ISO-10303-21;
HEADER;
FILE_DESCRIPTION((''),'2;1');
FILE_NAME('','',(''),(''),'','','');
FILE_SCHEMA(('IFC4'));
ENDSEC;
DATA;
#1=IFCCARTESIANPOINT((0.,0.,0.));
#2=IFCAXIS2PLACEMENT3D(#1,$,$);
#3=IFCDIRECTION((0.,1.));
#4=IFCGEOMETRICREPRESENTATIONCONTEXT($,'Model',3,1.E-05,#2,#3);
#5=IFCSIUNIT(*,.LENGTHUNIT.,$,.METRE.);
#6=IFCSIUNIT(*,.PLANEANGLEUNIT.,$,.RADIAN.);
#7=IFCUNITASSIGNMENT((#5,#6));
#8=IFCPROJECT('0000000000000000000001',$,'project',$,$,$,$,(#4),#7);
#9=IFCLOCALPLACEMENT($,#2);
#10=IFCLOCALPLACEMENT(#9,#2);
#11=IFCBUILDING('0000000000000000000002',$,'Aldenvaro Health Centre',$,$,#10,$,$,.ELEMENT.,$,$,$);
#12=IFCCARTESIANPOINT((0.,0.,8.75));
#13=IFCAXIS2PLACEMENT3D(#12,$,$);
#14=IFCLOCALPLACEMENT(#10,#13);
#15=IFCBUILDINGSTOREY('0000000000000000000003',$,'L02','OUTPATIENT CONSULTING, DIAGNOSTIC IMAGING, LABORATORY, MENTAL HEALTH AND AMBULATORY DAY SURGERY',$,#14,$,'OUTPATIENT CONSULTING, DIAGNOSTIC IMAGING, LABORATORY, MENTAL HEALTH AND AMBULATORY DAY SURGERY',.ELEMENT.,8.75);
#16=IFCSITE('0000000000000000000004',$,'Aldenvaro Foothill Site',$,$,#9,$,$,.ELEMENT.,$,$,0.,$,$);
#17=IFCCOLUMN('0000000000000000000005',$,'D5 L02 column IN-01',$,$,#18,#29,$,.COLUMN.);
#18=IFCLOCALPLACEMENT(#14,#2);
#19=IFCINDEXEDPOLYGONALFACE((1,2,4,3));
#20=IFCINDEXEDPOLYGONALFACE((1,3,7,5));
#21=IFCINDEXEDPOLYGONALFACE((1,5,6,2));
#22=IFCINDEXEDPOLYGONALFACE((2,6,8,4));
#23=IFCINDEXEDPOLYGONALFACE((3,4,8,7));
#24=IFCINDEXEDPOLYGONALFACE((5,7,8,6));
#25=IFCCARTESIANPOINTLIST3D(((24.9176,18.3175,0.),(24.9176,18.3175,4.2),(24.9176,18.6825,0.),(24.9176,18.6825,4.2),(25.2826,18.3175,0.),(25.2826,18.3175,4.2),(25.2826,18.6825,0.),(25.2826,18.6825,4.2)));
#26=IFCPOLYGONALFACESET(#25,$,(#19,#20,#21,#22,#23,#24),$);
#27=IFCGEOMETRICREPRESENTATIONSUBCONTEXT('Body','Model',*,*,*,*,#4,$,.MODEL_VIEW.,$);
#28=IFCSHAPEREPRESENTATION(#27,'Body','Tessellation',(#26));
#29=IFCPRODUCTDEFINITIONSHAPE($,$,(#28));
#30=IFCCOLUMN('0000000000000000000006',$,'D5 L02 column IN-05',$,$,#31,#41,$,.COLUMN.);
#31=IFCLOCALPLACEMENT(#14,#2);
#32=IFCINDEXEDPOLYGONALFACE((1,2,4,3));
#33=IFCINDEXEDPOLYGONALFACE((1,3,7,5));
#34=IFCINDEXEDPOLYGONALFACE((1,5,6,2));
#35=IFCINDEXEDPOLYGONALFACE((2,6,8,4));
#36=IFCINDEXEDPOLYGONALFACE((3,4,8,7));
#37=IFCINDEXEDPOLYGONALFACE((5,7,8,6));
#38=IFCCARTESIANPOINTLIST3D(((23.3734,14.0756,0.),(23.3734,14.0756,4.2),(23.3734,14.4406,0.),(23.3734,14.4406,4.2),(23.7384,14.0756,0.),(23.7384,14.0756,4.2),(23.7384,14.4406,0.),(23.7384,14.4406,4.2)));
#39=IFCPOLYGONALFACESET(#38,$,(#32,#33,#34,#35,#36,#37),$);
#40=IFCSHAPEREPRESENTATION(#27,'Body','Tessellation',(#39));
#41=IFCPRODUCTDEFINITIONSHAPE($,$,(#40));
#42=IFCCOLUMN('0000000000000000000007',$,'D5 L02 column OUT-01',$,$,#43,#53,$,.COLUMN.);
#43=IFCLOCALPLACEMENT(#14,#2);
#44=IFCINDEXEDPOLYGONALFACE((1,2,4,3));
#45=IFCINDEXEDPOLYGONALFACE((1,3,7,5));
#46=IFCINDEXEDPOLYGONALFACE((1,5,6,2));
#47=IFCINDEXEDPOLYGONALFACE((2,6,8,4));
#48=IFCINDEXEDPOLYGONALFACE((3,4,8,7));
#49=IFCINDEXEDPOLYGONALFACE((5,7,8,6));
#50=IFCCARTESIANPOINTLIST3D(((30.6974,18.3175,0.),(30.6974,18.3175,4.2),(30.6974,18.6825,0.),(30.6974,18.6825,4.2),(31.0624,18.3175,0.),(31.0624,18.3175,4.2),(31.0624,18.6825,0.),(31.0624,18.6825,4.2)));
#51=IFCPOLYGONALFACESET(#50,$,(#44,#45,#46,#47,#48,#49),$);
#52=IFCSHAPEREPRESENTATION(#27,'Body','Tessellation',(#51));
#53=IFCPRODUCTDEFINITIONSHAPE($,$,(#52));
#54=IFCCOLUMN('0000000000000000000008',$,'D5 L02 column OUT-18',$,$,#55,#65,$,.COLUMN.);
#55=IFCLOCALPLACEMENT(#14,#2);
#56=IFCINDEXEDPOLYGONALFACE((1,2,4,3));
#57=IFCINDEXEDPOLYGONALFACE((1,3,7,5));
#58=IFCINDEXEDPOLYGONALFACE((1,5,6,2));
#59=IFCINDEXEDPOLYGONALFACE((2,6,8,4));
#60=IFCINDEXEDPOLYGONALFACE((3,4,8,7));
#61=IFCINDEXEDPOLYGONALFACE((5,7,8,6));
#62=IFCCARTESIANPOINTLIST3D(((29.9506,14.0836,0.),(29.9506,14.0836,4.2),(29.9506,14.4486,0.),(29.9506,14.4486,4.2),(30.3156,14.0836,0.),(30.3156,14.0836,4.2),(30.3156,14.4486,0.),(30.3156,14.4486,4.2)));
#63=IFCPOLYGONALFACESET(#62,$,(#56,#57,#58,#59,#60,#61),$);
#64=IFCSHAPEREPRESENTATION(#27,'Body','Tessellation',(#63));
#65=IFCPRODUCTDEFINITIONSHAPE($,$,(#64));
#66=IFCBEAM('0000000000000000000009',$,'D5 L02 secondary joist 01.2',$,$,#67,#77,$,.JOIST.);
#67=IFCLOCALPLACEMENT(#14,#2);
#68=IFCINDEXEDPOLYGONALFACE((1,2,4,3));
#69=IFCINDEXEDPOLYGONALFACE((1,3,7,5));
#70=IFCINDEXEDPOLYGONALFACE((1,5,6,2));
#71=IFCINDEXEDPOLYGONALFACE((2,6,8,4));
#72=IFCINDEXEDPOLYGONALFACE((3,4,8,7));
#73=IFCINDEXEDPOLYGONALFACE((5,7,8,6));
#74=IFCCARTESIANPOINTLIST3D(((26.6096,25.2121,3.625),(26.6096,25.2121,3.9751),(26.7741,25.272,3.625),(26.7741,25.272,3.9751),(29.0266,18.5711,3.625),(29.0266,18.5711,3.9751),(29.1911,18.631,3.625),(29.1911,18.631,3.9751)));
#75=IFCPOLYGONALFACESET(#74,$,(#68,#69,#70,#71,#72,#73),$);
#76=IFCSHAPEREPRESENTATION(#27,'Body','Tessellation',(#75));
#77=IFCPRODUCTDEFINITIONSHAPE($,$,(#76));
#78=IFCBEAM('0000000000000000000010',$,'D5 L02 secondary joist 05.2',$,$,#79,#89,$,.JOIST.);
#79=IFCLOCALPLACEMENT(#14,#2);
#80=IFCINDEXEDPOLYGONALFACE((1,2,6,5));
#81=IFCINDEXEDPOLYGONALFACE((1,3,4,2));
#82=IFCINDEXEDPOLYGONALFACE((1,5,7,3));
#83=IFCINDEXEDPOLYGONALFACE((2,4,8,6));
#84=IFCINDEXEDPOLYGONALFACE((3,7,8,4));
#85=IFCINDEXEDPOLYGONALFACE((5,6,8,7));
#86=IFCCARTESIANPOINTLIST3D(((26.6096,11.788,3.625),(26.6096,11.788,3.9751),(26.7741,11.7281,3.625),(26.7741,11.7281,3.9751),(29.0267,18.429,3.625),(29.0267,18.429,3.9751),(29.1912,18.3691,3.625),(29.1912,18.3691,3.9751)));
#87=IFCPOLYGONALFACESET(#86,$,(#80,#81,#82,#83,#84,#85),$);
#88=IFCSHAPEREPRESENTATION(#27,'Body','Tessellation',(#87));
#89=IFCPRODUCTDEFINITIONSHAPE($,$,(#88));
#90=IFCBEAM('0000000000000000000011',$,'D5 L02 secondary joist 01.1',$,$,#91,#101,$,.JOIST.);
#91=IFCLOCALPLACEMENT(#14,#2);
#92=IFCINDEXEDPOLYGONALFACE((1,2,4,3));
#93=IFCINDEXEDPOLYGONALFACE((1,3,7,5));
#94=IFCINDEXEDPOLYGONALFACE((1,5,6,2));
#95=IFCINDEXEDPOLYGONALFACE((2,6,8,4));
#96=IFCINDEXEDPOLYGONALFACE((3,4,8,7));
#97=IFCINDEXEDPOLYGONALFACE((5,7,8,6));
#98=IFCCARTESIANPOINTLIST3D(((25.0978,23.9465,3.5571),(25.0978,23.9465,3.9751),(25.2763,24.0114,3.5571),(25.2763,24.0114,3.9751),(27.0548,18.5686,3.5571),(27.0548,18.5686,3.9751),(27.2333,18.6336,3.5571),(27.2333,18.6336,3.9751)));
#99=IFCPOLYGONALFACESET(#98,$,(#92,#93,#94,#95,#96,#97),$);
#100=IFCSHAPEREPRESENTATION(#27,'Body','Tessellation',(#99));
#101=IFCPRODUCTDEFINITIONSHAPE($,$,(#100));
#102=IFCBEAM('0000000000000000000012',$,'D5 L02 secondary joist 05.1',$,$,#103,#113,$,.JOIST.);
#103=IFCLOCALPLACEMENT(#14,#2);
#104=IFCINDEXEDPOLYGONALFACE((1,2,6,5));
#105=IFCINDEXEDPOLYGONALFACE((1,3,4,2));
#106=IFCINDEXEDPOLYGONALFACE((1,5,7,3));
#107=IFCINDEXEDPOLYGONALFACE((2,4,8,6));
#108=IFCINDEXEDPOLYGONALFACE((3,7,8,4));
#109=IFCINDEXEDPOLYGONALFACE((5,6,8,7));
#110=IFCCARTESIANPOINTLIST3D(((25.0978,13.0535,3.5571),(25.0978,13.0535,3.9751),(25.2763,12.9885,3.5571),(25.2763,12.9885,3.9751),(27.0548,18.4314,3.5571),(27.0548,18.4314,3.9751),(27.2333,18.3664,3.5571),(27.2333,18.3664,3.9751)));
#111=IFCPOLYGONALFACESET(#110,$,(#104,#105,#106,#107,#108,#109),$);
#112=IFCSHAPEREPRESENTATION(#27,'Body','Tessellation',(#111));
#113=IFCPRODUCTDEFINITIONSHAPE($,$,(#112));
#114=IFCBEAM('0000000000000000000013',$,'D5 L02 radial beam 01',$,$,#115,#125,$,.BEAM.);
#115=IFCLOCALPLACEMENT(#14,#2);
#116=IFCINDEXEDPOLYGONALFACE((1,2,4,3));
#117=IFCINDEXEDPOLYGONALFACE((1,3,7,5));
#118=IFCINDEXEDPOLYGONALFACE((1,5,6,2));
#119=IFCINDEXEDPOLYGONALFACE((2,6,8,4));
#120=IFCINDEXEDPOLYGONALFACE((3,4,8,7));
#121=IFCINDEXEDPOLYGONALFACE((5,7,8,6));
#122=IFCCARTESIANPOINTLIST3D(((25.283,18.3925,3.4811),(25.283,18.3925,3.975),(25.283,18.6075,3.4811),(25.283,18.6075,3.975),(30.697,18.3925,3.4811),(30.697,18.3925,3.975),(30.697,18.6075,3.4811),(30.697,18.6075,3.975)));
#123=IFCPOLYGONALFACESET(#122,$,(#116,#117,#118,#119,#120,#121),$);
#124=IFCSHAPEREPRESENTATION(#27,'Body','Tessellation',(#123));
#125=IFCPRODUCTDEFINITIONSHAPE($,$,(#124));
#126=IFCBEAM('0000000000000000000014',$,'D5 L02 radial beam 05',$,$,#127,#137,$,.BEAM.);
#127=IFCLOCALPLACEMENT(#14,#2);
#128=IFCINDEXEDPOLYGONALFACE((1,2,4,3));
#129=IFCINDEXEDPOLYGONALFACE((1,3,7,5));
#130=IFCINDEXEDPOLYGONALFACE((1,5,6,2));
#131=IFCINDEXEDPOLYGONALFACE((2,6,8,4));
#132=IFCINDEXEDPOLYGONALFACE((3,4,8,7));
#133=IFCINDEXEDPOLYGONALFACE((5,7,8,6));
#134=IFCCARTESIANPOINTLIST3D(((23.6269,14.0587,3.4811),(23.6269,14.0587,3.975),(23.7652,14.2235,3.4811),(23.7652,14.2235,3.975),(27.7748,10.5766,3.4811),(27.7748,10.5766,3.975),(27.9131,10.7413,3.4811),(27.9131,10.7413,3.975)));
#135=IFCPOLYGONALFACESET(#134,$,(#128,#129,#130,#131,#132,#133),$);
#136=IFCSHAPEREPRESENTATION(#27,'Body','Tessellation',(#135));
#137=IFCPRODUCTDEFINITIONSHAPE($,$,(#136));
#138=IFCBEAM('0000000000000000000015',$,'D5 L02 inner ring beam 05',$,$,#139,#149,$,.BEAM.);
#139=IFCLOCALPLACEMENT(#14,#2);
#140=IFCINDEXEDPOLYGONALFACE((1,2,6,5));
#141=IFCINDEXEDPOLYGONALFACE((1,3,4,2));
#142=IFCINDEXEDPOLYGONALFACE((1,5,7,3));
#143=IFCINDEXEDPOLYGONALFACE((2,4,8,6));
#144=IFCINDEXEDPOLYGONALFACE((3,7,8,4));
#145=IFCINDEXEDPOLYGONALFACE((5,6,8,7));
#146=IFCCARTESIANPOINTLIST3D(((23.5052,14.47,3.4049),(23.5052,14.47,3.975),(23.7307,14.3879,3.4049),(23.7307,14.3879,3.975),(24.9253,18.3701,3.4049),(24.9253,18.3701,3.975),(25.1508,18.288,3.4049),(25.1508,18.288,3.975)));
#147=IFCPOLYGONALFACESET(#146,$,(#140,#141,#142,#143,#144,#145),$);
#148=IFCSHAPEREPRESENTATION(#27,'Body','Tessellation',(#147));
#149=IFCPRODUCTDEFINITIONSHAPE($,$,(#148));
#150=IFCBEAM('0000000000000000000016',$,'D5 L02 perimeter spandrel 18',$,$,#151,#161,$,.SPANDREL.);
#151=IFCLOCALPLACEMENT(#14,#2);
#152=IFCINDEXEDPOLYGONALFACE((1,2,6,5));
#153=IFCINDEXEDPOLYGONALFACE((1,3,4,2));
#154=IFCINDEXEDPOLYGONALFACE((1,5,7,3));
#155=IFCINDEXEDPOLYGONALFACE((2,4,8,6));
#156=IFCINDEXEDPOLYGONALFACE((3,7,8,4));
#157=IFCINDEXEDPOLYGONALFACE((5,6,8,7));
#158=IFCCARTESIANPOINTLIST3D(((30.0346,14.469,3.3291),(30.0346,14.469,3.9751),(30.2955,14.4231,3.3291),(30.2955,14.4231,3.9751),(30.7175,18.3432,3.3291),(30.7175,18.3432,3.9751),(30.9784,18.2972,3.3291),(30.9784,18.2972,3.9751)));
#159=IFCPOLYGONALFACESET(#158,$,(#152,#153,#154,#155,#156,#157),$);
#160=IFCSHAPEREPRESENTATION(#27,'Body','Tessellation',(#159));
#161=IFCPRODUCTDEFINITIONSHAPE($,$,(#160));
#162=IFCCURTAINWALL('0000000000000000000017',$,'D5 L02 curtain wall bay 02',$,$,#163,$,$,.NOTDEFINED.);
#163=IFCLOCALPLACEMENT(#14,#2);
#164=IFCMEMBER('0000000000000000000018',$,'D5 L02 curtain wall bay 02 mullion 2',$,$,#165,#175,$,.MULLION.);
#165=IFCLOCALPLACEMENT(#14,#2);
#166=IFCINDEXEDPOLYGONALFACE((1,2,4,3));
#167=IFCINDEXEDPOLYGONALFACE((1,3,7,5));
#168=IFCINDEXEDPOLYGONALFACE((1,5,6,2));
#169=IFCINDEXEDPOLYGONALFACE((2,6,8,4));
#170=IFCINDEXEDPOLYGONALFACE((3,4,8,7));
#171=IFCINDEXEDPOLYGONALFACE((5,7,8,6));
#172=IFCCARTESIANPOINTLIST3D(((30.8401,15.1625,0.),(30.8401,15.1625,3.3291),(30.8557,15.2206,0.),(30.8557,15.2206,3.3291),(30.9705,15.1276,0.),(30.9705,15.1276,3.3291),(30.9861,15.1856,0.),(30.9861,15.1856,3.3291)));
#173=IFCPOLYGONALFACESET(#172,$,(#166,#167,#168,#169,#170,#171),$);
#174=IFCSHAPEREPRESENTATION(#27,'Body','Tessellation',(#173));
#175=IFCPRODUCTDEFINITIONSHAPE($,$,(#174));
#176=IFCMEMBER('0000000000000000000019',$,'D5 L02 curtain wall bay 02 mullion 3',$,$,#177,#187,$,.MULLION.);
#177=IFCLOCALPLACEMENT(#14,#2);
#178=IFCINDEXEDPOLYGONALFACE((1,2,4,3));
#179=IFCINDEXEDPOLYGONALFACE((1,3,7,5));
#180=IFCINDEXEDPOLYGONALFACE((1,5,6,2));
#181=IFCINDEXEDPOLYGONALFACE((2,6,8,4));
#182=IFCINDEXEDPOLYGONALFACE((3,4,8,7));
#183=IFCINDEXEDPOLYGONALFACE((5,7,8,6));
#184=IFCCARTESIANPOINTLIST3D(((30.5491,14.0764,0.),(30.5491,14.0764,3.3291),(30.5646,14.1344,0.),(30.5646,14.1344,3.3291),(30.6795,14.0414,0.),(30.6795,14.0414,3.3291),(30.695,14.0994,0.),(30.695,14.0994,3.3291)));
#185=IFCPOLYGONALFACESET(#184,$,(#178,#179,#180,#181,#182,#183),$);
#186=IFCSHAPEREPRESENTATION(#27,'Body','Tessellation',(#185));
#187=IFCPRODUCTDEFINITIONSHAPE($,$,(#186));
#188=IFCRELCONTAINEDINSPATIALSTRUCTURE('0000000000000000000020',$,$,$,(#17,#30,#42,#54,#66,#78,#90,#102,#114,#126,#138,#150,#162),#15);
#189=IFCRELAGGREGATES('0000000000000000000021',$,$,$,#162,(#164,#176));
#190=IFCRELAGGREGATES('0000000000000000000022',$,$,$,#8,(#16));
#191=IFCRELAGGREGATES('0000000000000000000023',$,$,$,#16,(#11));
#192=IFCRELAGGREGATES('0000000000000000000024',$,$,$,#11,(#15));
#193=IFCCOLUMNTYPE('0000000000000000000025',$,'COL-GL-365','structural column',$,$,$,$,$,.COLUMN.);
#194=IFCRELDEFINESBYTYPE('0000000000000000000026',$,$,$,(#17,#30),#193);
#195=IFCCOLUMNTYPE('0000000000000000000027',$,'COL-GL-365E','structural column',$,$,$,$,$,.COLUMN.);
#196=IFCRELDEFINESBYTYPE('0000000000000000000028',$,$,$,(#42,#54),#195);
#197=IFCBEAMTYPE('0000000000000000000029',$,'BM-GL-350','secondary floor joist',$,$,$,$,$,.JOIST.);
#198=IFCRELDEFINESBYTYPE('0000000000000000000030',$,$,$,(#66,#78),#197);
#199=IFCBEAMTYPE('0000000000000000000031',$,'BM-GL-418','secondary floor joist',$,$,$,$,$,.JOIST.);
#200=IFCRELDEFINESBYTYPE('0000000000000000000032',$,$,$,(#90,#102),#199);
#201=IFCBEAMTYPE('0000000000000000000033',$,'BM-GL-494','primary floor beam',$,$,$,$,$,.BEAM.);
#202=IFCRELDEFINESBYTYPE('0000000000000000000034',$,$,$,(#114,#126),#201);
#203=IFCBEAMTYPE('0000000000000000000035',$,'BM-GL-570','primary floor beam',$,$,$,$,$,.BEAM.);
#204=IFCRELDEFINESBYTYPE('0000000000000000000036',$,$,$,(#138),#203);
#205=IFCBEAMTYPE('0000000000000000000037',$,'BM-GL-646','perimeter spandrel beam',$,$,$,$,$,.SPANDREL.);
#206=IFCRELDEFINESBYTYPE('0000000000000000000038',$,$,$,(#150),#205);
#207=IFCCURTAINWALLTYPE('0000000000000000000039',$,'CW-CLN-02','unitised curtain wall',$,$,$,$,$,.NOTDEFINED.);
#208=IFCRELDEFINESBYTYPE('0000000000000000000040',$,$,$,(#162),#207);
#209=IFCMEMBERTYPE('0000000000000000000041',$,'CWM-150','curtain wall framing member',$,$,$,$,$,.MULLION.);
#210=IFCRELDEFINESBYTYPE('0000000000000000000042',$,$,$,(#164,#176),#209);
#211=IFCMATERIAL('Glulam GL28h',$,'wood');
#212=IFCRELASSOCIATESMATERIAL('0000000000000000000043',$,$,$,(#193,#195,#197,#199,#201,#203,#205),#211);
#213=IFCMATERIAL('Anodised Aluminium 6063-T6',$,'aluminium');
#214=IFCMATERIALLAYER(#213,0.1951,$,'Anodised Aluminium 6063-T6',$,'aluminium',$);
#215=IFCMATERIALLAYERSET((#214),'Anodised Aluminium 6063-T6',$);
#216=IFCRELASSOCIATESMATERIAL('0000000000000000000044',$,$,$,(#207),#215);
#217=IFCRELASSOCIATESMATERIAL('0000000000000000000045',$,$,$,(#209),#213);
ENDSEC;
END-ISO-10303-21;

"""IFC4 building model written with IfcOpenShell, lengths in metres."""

from ifc_helpers import new_model, si_unit, direction, frame, origin, origin_2d, place, context, subcontext, project, spatial, rectangle, extrude, material, layer, layer_set, material_profile, profile_set, type_object, element, aggregate, save


model = new_model("IFC4")

# Units and contexts
model_context = context("Model", 3, precision=1e-05, world=origin(), true_north=direction((0.0, 1.0)))
body_context = subcontext(model_context, "Body", "Model", "MODEL_VIEW")
ifc_project = project(units=[si_unit("LENGTHUNIT", "METRE"), si_unit("PLANEANGLEUNIT", "RADIAN")], contexts=[model_context])

# Site, building, storey
site_placement = place(None, origin())
site = spatial("IfcSite", under=ifc_project, at=site_placement, Name="Aldenvaro Foothill Site", CompositionType="ELEMENT", RefElevation=0.0)
building_placement = place(site_placement, origin())
building = spatial("IfcBuilding", under=site, at=building_placement, Name="Aldenvaro Health Centre", CompositionType="ELEMENT")
storey_placement = place(building_placement, frame((0.0, 0.0, 8.75)))
storey = spatial("IfcBuildingStorey", under=building, at=storey_placement, Name="L02", Description="OUTPATIENT CONSULTING, DIAGNOSTIC IMAGING, LABORATORY, MENTAL HEALTH AND AMBULATORY DAY SURGERY", LongName="OUTPATIENT CONSULTING, DIAGNOSTIC IMAGING, LABORATORY, MENTAL HEALTH AND AMBULATORY DAY SURGERY", CompositionType="ELEMENT", Elevation=8.75)

# Columns
ifc_material_1 = material(Name="Glulam GL28h", Category="wood")
ifc_material_profile_1 = material_profile(ifc_material_1, rectangle(XDim=0.365, YDim=0.365, at=origin_2d()), Name="GL 365x365", Category="wood")
ifc_profile_set_1 = profile_set([ifc_material_profile_1], Name="Glulam GL28h")
column_type_1 = type_object("IfcColumnType", Name="COL-GL-365", Description="structural column", PredefinedType="COLUMN", material=ifc_profile_set_1)
for number, where, z_axis, x_axis, name in (
    (1, (25.1001, 18.5, 0.0), (0.0, 0.0, 1.0), (1.0, 0.0, 0.0), "D5 L02 column IN-01"),
    (2, (23.5559, 14.2581, 0.0), (0.0, 0.0, 1.0), (1.0, 0.0, 0.0), "D5 L02 column IN-05"),
):
    element("IfcColumn", number, at=place(storey_placement, frame(where, z_axis=z_axis, x_axis=x_axis)), inside=storey, type_object=column_type_1, Name=name, PredefinedType="COLUMN", context=body_context, shape_type="SweptSolid", body=[
        extrude(rectangle(XDim=0.365, YDim=0.365, at=origin_2d()), origin(), (0.0, 0.0, 1.0), 4.2),
    ])
ifc_material_profile_2 = material_profile(ifc_material_1, rectangle(XDim=0.365, YDim=0.365, at=origin_2d()), Name="GL 365x365", Category="wood")
ifc_profile_set_2 = profile_set([ifc_material_profile_2], Name="Glulam GL28h")
column_type_2 = type_object("IfcColumnType", Name="COL-GL-365E", Description="structural column", PredefinedType="COLUMN", material=ifc_profile_set_2)
for number, where, z_axis, x_axis, name in (
    (3, (30.8799, 18.5, 0.0), (0.0, 0.0, 1.0), (1.0, 0.0, 0.0), "D5 L02 column OUT-01"),
    (4, (30.1331, 14.2661, 0.0), (0.0, 0.0, 1.0), (1.0, 0.0, 0.0), "D5 L02 column OUT-18"),
):
    element("IfcColumn", number, at=place(storey_placement, frame(where, z_axis=z_axis, x_axis=x_axis)), inside=storey, type_object=column_type_2, Name=name, PredefinedType="COLUMN", context=body_context, shape_type="SweptSolid", body=[
        extrude(rectangle(XDim=0.365, YDim=0.365, at=origin_2d()), origin(), (0.0, 0.0, 1.0), 4.2),
    ])

# Beams
ifc_material_profile_3 = material_profile(ifc_material_1, rectangle(XDim=0.175, YDim=0.3501, at=origin_2d()), Name="GL 175x350", Category="wood")
ifc_profile_set_3 = profile_set([ifc_material_profile_3], Name="Glulam GL28h")
beam_type_1 = type_object("IfcBeamType", Name="BM-GL-350", Description="secondary floor joist", PredefinedType="JOIST", material=ifc_profile_set_3)
for number, where, z_axis, x_axis, name in (
    (5, (29.1089, 18.6011, 3.8), (-0.342009, 0.939697, 0.0), (-0.939697, -0.342009, 0.0), "D5 L02 secondary joist 01.2"),
    (6, (26.6919, 11.7581, 3.8), (0.342009, 0.939697, 0.0), (-0.939697, 0.342009, 0.0), "D5 L02 secondary joist 05.2"),
):
    element("IfcBeam", number, at=place(storey_placement, frame(where, z_axis=z_axis, x_axis=x_axis)), inside=storey, type_object=beam_type_1, Name=name, PredefinedType="JOIST", context=body_context, shape_type="SweptSolid", body=[
        extrude(rectangle(XDim=0.175, YDim=0.3501, at=origin_2d()), origin(), (0.0, 0.0, 1.0), 7.0671),
    ])
ifc_material_profile_4 = material_profile(ifc_material_1, rectangle(XDim=0.1899, YDim=0.418, at=origin_2d()), Name="GL 190x418", Category="wood")
ifc_profile_set_4 = profile_set([ifc_material_profile_4], Name="Glulam GL28h")
beam_type_2 = type_object("IfcBeamType", Name="BM-GL-418", Description="secondary floor joist", PredefinedType="JOIST", material=ifc_profile_set_4)
for number, where, z_axis, x_axis, name in (
    (7, (27.144, 18.6011, 3.7661), (-0.341962, 0.939714, 0.0), (-0.939714, -0.341962, 0.0), "D5 L02 secondary joist 01.1"),
    (8, (25.187, 13.021, 3.7661), (0.341962, 0.939714, 0.0), (-0.939714, 0.341962, 0.0), "D5 L02 secondary joist 05.1"),
):
    element("IfcBeam", number, at=place(storey_placement, frame(where, z_axis=z_axis, x_axis=x_axis)), inside=storey, type_object=beam_type_2, Name=name, PredefinedType="JOIST", context=body_context, shape_type="SweptSolid", body=[
        extrude(rectangle(XDim=0.1899, YDim=0.418, at=origin_2d()), origin(), (0.0, 0.0, 1.0), 5.7229),
    ])
ifc_material_profile_5 = material_profile(ifc_material_1, rectangle(XDim=0.2151, YDim=0.4939, at=origin_2d()), Name="GL 215x494", Category="wood")
ifc_profile_set_5 = profile_set([ifc_material_profile_5], Name="Glulam GL28h")
beam_type_3 = type_object("IfcBeamType", Name="BM-GL-494", Description="primary floor beam", PredefinedType="BEAM", material=ifc_profile_set_5)
beam_1_placement = place(storey_placement, frame((25.283, 18.5, 3.728), z_axis=(1.0, 0.0, 0.0), x_axis=(0.0, 1.0, 0.0)))
element("IfcBeam", 9, at=beam_1_placement, inside=storey, type_object=beam_type_3, Name="D5 L02 radial beam 01", PredefinedType="BEAM", context=body_context, shape_type="SweptSolid", body=[
    extrude(rectangle(XDim=0.2151, YDim=0.4939, at=origin_2d()), origin(), (0.0, 0.0, 1.0), 5.4141),
])
beam_2_placement = place(storey_placement, frame((23.696, 14.1411, 3.728), z_axis=(0.765896, -0.642965, 0.0), x_axis=(0.642965, 0.765896, 0.0)))
element("IfcBeam", 10, at=beam_2_placement, inside=storey, type_object=beam_type_3, Name="D5 L02 radial beam 05", PredefinedType="BEAM", context=body_context, shape_type="SweptSolid", body=[
    extrude(rectangle(XDim=0.2151, YDim=0.4939, at=origin_2d()), origin(), (0.0, 0.0, 1.0), 5.4158),
])
ifc_material_profile_6 = material_profile(ifc_material_1, rectangle(XDim=0.24, YDim=0.5701, at=origin_2d()), Name="GL 240x570", Category="wood")
ifc_profile_set_6 = profile_set([ifc_material_profile_6], Name="Glulam GL28h")
beam_type_4 = type_object("IfcBeamType", Name="BM-GL-570", Description="primary floor beam", PredefinedType="BEAM", material=ifc_profile_set_6)
beam_3_placement = place(storey_placement, frame((23.6179, 14.429, 3.6899), z_axis=(0.342154, 0.939644, 0.0), x_axis=(-0.939644, 0.342154, 0.0)))
element("IfcBeam", 11, at=beam_3_placement, inside=storey, type_object=beam_type_4, Name="D5 L02 inner ring beam 05", PredefinedType="BEAM", context=body_context, shape_type="SweptSolid", body=[
    extrude(rectangle(XDim=0.24, YDim=0.5701, at=origin_2d()), origin(), (0.0, 0.0, 1.0), 4.1506),
])
ifc_material_profile_7 = material_profile(ifc_material_1, rectangle(XDim=0.2649, YDim=0.646, at=origin_2d()), Name="GL 265x646", Category="wood")
ifc_profile_set_7 = profile_set([ifc_material_profile_7], Name="Glulam GL28h")
beam_type_5 = type_object("IfcBeamType", Name="BM-GL-646", Description="perimeter spandrel beam", PredefinedType="SPANDREL", material=ifc_profile_set_7)
beam_4_placement = place(storey_placement, frame((30.165, 14.446, 3.6521), z_axis=(0.173591, 0.984818, 0.0), x_axis=(-0.984818, 0.173591, 0.0)))
element("IfcBeam", 12, at=beam_4_placement, inside=storey, type_object=beam_type_5, Name="D5 L02 perimeter spandrel 18", PredefinedType="SPANDREL", context=body_context, shape_type="SweptSolid", body=[
    extrude(rectangle(XDim=0.2649, YDim=0.646, at=origin_2d()), origin(), (0.0, 0.0, 1.0), 3.9338),
])

# Curtain wall, members
ifc_material_2 = material(Name="Anodised Aluminium 6063-T6", Category="aluminium")
ifc_layer_1 = layer(ifc_material_2, 0.1951, Name="Anodised Aluminium 6063-T6", Category="aluminium")
ifc_layer_set_1 = layer_set([ifc_layer_1], Name="Anodised Aluminium 6063-T6")
curtain_wall_type = type_object("IfcCurtainWallType", Name="CW-CLN-02", Description="unitised curtain wall", PredefinedType="NOTDEFINED", material=ifc_layer_set_1)
curtain_wall_placement = place(storey_placement, origin())
curtain_wall = element("IfcCurtainWall", 13, at=curtain_wall_placement, inside=storey, type_object=curtain_wall_type, Name="D5 L02 curtain wall bay 02", PredefinedType="NOTDEFINED")
ifc_material_profile_8 = material_profile(ifc_material_2, rectangle(XDim=0.0601, YDim=0.135, at=origin_2d()), Name="ALU 60x135", Category="aluminium")
ifc_profile_set_8 = profile_set([ifc_material_profile_8], Name="Anodised Aluminium 6063-T6")
member_type = type_object("IfcMemberType", Name="CWM-150", Description="curtain wall framing member", PredefinedType="MULLION", material=ifc_profile_set_8)
member_1_placement = place(storey_placement, frame((30.9131, 15.1741, 0.0), z_axis=(0.0, 0.0, 1.0), x_axis=(-0.258825, -0.965924, 0.0)))
member_1 = element("IfcMember", 14, at=member_1_placement, type_object=member_type, Name="D5 L02 curtain wall bay 02 mullion 2", PredefinedType="MULLION", context=body_context, shape_type="SweptSolid", body=[
    extrude(rectangle(XDim=0.0601, YDim=0.135, at=origin_2d()), origin(), (0.0, 0.0, 1.0), 3.3291),
])
member_2_placement = place(storey_placement, frame((30.6221, 14.0879, 0.0), z_axis=(0.0, 0.0, 1.0), x_axis=(-0.258825, -0.965924, 0.0)))
member_2 = element("IfcMember", 15, at=member_2_placement, type_object=member_type, Name="D5 L02 curtain wall bay 02 mullion 3", PredefinedType="MULLION", context=body_context, shape_type="SweptSolid", body=[
    extrude(rectangle(XDim=0.0601, YDim=0.135, at=origin_2d()), origin(), (0.0, 0.0, 1.0), 3.3291),
])
aggregate(curtain_wall, [member_1, member_2])

save(model, "model.ifc")
